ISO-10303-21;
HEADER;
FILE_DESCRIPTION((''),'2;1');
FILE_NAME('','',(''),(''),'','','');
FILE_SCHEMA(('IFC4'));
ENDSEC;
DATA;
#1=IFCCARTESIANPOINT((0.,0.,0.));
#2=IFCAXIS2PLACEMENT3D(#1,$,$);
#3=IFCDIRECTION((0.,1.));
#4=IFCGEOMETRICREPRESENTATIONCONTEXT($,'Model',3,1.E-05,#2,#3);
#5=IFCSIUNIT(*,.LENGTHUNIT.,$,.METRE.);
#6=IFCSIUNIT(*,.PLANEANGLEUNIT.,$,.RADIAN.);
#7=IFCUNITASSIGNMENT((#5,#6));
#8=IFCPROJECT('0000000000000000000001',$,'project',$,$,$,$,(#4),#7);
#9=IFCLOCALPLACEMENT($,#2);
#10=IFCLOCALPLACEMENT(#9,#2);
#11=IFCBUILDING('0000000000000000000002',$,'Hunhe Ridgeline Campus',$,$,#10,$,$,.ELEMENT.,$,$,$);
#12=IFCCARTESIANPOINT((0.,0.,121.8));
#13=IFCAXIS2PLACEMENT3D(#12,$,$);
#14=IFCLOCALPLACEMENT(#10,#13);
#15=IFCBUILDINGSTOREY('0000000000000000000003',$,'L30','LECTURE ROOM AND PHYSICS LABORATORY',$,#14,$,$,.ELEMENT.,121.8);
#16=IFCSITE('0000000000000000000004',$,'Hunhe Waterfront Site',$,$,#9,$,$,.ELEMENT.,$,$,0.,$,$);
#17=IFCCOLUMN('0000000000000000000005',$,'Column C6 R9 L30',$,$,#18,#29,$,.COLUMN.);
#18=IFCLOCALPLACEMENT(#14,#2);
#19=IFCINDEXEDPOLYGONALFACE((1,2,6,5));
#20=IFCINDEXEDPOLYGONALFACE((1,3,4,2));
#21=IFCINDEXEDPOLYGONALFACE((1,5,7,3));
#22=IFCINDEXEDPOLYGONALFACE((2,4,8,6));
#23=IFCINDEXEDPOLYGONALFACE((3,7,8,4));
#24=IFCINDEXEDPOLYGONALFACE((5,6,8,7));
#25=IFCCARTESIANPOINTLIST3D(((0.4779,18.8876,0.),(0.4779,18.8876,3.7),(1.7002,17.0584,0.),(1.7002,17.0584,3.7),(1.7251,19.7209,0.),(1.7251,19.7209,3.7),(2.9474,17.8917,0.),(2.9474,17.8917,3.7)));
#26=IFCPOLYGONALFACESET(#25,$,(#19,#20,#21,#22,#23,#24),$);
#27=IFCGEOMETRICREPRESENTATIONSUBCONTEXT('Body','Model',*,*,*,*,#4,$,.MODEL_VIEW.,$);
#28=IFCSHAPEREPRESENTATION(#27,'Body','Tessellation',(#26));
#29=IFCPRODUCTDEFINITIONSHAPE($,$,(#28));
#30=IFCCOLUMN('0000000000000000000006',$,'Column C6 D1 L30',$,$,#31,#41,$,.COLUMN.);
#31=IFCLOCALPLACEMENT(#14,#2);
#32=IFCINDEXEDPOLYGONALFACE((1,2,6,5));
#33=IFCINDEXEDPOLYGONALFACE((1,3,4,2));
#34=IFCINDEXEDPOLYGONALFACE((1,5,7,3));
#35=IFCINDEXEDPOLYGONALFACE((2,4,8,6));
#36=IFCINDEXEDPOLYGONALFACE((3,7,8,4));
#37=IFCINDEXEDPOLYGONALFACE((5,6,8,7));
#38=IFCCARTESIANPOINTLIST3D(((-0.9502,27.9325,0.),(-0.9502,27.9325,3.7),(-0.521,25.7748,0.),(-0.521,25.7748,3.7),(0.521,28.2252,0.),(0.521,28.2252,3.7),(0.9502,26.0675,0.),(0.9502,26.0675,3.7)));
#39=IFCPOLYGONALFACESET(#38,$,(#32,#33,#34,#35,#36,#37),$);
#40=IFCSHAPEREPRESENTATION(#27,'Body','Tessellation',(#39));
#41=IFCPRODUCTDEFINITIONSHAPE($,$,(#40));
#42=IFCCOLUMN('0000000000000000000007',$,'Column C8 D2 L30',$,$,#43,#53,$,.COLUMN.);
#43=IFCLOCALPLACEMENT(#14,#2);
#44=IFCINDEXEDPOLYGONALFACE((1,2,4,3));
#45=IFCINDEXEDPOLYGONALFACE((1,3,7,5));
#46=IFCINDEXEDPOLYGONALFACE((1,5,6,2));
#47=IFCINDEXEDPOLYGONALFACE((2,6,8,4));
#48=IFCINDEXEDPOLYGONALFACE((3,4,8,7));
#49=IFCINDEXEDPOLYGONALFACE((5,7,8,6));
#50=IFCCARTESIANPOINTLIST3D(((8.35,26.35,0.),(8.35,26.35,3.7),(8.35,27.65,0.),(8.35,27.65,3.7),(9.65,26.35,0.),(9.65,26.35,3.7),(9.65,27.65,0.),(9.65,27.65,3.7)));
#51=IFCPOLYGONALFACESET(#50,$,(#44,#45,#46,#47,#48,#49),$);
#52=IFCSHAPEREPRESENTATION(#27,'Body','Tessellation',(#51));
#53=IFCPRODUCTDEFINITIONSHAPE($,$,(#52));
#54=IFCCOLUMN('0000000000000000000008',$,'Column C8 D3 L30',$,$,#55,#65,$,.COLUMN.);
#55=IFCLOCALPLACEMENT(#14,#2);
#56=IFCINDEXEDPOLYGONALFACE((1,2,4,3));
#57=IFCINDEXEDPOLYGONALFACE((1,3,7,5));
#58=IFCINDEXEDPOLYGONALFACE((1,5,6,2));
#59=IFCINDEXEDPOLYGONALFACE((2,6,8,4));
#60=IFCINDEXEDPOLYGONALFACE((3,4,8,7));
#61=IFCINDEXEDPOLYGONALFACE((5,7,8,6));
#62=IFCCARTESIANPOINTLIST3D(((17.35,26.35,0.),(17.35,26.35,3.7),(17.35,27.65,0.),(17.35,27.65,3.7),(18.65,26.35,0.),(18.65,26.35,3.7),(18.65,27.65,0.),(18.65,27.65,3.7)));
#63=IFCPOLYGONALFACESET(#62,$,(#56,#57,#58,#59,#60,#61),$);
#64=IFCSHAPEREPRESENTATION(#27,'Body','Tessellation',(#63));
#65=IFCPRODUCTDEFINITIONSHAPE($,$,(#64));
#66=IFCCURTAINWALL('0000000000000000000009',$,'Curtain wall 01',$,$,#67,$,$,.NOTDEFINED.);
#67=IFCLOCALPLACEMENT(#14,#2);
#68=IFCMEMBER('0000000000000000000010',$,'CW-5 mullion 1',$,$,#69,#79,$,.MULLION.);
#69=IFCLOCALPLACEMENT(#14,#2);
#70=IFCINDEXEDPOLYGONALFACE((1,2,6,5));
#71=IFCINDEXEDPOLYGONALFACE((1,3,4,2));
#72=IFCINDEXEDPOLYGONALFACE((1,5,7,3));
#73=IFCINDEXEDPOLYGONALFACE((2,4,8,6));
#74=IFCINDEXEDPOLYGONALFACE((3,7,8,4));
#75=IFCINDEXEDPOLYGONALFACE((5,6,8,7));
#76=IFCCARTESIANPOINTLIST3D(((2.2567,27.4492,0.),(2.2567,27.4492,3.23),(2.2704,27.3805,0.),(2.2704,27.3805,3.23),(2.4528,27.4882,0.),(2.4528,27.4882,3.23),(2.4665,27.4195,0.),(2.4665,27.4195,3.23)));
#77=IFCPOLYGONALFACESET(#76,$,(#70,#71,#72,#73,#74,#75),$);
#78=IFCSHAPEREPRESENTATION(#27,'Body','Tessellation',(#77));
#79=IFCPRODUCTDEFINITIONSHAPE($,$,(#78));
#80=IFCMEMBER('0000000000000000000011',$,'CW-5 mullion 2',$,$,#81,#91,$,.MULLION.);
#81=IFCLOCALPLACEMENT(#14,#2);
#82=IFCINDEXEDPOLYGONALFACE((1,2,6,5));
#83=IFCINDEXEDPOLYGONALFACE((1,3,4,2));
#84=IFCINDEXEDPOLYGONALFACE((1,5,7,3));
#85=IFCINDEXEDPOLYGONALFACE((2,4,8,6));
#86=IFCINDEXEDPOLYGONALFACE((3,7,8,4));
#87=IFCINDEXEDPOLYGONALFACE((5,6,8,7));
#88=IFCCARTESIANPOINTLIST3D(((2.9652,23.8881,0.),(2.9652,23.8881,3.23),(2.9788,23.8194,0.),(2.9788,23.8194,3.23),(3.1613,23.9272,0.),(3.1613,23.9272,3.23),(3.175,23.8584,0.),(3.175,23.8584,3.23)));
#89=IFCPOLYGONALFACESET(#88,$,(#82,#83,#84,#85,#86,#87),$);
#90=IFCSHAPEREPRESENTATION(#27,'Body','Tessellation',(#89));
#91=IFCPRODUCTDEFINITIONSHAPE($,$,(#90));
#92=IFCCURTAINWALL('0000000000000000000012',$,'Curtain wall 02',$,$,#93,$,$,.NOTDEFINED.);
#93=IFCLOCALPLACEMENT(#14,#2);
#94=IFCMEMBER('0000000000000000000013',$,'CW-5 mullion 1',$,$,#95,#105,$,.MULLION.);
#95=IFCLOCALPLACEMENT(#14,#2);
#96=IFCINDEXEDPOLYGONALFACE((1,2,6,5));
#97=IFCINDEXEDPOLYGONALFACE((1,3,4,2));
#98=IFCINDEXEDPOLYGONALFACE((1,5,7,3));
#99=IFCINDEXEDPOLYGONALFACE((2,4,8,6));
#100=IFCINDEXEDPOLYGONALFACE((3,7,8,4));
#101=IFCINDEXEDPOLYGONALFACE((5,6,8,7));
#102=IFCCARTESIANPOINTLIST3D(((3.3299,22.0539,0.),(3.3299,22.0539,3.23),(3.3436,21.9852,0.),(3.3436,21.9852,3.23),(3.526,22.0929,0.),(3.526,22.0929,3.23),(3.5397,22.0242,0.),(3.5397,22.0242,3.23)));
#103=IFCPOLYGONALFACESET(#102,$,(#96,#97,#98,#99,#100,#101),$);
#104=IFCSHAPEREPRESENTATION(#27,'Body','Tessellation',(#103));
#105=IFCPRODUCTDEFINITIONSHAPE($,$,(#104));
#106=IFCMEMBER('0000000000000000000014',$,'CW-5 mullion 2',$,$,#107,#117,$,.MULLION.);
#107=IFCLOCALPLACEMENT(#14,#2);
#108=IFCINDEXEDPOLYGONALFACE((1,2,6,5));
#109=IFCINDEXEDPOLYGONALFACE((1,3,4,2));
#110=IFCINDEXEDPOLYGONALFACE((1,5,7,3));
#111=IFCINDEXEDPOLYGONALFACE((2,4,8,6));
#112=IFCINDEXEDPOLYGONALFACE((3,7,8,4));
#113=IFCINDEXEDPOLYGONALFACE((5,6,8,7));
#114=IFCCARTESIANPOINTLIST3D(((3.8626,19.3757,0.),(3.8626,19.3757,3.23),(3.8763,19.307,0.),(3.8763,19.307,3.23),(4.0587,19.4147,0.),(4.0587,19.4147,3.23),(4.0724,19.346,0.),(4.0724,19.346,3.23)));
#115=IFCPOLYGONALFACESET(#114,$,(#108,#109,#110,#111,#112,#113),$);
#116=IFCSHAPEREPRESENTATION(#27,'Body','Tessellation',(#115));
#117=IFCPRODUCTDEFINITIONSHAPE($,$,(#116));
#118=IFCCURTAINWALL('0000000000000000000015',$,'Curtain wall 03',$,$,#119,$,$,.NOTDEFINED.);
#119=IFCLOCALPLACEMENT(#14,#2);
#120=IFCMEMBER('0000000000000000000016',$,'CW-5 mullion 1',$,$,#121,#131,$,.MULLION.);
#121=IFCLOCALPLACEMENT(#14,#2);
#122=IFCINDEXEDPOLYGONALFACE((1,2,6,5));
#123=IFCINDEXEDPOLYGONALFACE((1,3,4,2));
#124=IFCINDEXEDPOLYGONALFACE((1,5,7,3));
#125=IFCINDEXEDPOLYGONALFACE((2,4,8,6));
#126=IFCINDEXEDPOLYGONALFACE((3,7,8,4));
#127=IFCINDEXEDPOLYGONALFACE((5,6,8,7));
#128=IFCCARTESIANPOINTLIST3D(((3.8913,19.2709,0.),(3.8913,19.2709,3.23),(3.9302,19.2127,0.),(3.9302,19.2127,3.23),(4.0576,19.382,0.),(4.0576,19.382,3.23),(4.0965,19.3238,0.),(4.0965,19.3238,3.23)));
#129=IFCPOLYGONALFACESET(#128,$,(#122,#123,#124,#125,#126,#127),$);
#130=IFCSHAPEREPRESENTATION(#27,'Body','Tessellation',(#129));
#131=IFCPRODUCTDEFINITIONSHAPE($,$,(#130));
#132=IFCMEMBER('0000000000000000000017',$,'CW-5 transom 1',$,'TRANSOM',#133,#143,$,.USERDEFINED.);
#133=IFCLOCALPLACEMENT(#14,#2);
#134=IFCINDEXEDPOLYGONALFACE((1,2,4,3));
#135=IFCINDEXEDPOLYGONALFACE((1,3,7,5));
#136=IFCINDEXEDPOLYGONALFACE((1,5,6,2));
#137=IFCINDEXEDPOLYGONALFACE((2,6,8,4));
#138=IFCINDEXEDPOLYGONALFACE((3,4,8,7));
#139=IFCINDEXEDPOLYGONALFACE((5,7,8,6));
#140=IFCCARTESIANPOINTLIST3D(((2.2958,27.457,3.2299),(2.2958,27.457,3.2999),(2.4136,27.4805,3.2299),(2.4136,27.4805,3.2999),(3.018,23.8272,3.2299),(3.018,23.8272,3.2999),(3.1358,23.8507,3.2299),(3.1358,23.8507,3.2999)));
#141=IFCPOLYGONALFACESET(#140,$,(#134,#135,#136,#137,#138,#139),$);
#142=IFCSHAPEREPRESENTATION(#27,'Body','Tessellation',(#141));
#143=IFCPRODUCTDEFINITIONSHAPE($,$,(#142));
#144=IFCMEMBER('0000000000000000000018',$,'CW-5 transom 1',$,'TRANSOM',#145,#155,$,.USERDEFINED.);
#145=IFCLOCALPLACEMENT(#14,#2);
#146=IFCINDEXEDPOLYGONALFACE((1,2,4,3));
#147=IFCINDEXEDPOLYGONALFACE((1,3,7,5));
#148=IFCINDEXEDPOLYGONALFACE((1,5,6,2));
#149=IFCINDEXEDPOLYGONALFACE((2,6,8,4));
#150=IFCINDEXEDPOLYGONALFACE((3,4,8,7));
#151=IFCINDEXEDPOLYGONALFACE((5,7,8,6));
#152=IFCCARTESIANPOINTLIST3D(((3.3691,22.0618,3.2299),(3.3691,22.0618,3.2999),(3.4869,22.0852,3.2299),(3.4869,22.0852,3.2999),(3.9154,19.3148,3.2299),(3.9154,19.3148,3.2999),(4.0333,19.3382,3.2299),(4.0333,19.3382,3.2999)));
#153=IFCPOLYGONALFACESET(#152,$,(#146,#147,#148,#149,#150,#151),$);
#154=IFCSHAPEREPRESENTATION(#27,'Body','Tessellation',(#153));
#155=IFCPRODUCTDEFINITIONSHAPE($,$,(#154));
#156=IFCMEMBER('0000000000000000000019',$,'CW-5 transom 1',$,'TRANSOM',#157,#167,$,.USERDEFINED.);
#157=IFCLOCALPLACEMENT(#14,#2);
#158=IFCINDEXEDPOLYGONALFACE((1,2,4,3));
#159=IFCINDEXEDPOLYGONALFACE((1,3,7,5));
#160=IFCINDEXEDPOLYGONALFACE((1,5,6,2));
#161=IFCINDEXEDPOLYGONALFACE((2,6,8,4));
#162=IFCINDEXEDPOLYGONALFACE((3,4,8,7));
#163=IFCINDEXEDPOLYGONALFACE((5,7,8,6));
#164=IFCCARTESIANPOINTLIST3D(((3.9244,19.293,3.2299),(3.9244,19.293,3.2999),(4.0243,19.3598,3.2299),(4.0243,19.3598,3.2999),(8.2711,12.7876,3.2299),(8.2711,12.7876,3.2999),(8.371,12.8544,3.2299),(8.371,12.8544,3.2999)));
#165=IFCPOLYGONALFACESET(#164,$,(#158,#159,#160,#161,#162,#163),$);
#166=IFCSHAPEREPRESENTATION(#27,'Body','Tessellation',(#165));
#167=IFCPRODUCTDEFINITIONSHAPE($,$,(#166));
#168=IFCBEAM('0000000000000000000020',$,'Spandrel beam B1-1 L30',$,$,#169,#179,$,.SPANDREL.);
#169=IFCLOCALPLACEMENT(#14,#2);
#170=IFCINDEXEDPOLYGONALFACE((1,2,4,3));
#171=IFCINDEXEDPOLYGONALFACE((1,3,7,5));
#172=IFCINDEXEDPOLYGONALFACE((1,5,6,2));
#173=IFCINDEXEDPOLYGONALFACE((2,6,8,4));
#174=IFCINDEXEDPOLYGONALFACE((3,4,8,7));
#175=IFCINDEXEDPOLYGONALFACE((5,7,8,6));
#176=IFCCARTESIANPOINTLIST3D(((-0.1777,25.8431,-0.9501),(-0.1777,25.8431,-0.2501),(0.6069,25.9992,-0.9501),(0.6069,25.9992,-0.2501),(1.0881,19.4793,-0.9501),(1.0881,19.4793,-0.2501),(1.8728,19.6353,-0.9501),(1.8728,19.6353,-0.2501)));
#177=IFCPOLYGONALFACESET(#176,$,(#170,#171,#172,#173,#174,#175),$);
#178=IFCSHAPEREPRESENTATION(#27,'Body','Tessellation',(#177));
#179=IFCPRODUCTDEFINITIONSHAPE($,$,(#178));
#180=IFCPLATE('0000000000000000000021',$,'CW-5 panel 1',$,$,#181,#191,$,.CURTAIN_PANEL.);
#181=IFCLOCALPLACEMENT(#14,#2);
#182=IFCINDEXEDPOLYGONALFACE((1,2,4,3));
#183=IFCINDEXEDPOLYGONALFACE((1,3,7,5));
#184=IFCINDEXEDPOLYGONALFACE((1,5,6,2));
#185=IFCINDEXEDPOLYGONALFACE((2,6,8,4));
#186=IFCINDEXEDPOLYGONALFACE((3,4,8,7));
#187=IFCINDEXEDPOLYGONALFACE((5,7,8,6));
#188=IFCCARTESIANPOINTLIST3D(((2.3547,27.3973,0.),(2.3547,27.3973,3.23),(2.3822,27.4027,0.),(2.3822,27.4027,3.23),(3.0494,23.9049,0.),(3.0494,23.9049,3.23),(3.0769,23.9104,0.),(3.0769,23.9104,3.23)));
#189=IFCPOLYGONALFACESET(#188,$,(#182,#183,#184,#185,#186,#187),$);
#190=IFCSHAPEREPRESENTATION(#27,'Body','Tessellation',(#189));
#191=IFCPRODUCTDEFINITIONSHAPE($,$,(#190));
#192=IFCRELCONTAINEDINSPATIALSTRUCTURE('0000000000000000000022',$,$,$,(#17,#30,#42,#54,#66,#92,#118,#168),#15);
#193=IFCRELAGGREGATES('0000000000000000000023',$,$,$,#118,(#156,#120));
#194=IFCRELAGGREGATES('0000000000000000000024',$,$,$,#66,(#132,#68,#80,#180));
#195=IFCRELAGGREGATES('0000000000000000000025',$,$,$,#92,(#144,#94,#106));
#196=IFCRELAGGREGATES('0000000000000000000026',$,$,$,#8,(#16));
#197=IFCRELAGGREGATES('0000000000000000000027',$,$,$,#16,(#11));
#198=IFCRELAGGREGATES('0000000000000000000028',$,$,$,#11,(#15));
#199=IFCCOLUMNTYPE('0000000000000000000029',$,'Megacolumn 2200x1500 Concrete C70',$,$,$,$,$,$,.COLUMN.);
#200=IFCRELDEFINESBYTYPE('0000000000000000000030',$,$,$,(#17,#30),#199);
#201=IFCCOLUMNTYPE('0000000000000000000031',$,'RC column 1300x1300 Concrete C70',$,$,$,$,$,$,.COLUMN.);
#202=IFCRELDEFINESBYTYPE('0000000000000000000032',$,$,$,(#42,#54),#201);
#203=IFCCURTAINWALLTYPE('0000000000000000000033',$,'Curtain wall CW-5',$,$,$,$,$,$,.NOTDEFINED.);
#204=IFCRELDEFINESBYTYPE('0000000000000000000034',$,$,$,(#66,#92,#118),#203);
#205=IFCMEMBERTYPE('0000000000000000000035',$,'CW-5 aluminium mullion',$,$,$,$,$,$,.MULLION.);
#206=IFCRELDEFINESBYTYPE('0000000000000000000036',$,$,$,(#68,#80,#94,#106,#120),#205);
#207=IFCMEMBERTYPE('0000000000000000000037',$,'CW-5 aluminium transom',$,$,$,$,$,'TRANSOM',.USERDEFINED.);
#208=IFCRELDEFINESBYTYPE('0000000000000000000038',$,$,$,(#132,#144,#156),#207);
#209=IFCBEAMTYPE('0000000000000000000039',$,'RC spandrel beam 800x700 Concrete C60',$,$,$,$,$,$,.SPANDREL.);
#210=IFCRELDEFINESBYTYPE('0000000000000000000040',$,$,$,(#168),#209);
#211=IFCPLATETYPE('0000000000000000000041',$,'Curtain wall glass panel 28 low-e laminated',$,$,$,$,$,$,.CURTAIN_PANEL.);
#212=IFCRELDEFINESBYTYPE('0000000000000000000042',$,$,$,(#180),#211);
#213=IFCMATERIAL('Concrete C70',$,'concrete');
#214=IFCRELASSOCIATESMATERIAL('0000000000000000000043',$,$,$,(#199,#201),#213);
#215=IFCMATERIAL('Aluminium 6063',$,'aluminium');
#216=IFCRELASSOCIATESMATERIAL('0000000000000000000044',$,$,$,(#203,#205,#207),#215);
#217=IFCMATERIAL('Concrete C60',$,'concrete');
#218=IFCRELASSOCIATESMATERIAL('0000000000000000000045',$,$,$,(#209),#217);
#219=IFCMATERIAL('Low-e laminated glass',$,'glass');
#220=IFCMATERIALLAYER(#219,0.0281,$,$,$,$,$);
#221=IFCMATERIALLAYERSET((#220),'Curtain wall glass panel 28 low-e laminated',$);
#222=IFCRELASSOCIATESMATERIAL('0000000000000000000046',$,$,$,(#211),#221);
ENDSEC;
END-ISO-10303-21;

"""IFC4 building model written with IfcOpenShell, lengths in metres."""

from ifc_helpers import new_model, si_unit, direction, frame, origin, origin_2d, place, context, subcontext, project, spatial, rectangle, extrude, material, layer, layer_set, material_profile, profile_set, type_object, element, aggregate, save


model = new_model("IFC4")

# Units and contexts
model_context = context("Model", 3, precision=1e-05, world=origin(), true_north=direction((0.0, 1.0)))
body_context = subcontext(model_context, "Body", "Model", "MODEL_VIEW")
ifc_project = project(units=[si_unit("LENGTHUNIT", "METRE"), si_unit("PLANEANGLEUNIT", "RADIAN")], contexts=[model_context])

# Site, building, storey
site_placement = place(None, origin())
site = spatial("IfcSite", under=ifc_project, at=site_placement, Name="Hunhe Waterfront Site", CompositionType="ELEMENT", RefElevation=0.0)
building_placement = place(site_placement, origin())
building = spatial("IfcBuilding", under=site, at=building_placement, Name="Hunhe Ridgeline Campus", CompositionType="ELEMENT")
storey_placement = place(building_placement, frame((0.0, 0.0, 121.8)))
storey = spatial("IfcBuildingStorey", under=building, at=storey_placement, Name="L30", Description="LECTURE ROOM AND PHYSICS LABORATORY", CompositionType="ELEMENT", Elevation=121.8)

# Columns
ifc_material_1 = material(Name="Concrete C70", Category="concrete")
ifc_material_profile_1 = material_profile(ifc_material_1, rectangle(XDim=2.2, YDim=1.5, at=origin_2d()))
ifc_profile_set_1 = profile_set([ifc_material_profile_1], Name="Concrete C70")
column_type_1 = type_object("IfcColumnType", Name="Megacolumn 2200x1500 Concrete C70", PredefinedType="COLUMN", material=ifc_profile_set_1)
for number, where, z_axis, x_axis, name in (
    (1, (1.7126, 18.3896, 0.0), (0.0, 0.0, 1.0), (-0.55557, 0.83147, 0.0), "Column C6 R9 L30"),
    (2, (0.0, 27.0, 0.0), (0.0, 0.0, 1.0), (-0.19509, 0.980785, 0.0), "Column C6 D1 L30"),
):
    element("IfcColumn", number, at=place(storey_placement, frame(where, z_axis=z_axis, x_axis=x_axis)), inside=storey, type_object=column_type_1, Name=name, PredefinedType="COLUMN", context=body_context, shape_type="SweptSolid", body=[
        extrude(rectangle(XDim=2.2, YDim=1.5, at=origin_2d()), origin(), (0.0, 0.0, 1.0), 3.7),
    ])
ifc_material_profile_2 = material_profile(ifc_material_1, rectangle(XDim=1.3, YDim=1.3, at=origin_2d()))
ifc_profile_set_2 = profile_set([ifc_material_profile_2], Name="Concrete C70")
column_type_2 = type_object("IfcColumnType", Name="RC column 1300x1300 Concrete C70", PredefinedType="COLUMN", material=ifc_profile_set_2)
for number, where, z_axis, x_axis, name in (
    (3, (9.0, 27.0, 0.0), (0.0, 0.0, 1.0), (1.0, 0.0, 0.0), "Column C8 D2 L30"),
    (4, (18.0, 27.0, 0.0), (0.0, 0.0, 1.0), (1.0, 0.0, 0.0), "Column C8 D3 L30"),
):
    element("IfcColumn", number, at=place(storey_placement, frame(where, z_axis=z_axis, x_axis=x_axis)), inside=storey, type_object=column_type_2, Name=name, PredefinedType="COLUMN", context=body_context, shape_type="SweptSolid", body=[
        extrude(rectangle(XDim=1.3, YDim=1.3, at=origin_2d()), origin(), (0.0, 0.0, 1.0), 3.7),
    ])

# Curtain walls, members
ifc_material_2 = material(Name="Aluminium 6063", Category="aluminium")
curtain_wall_type = type_object("IfcCurtainWallType", Name="Curtain wall CW-5", PredefinedType="NOTDEFINED", material=ifc_material_2)
curtain_wall_1_placement = place(storey_placement, origin())
curtain_wall_1 = element("IfcCurtainWall", 5, at=curtain_wall_1_placement, inside=storey, type_object=curtain_wall_type, Name="Curtain wall 01", PredefinedType="NOTDEFINED")
ifc_material_profile_3 = material_profile(ifc_material_2, rectangle(XDim=0.2, YDim=0.0701, at=origin_2d()))
ifc_profile_set_3 = profile_set([ifc_material_profile_3], Name="Aluminium 6063")
member_type_1 = type_object("IfcMemberType", Name="CW-5 aluminium mullion", PredefinedType="MULLION", material=ifc_profile_set_3)
member_1_placement = place(storey_placement, frame((2.3616, 27.4343, 0.0), z_axis=(0.0, 0.0, 1.0), x_axis=(0.980784, 0.195095, 0.0)))
member_1 = element("IfcMember", 6, at=member_1_placement, type_object=member_type_1, Name="CW-5 mullion 1", PredefinedType="MULLION", context=body_context, shape_type="SweptSolid", body=[
    extrude(rectangle(XDim=0.2, YDim=0.0701, at=origin_2d()), origin(), (0.0, 0.0, 1.0), 3.23),
])
member_2_placement = place(storey_placement, frame((3.0701, 23.8733, 0.0), z_axis=(0.0, 0.0, 1.0), x_axis=(0.980784, 0.195095, 0.0)))
member_2 = element("IfcMember", 7, at=member_2_placement, type_object=member_type_1, Name="CW-5 mullion 2", PredefinedType="MULLION", context=body_context, shape_type="SweptSolid", body=[
    extrude(rectangle(XDim=0.2, YDim=0.0701, at=origin_2d()), origin(), (0.0, 0.0, 1.0), 3.23),
])
curtain_wall_2_placement = place(storey_placement, origin())
curtain_wall_2 = element("IfcCurtainWall", 8, at=curtain_wall_2_placement, inside=storey, type_object=curtain_wall_type, Name="Curtain wall 02", PredefinedType="NOTDEFINED")
member_3_placement = place(storey_placement, frame((3.4348, 22.0391, 0.0), z_axis=(0.0, 0.0, 1.0), x_axis=(0.980784, 0.195095, 0.0)))
member_3 = element("IfcMember", 9, at=member_3_placement, type_object=member_type_1, Name="CW-5 mullion 1", PredefinedType="MULLION", context=body_context, shape_type="SweptSolid", body=[
    extrude(rectangle(XDim=0.2, YDim=0.0701, at=origin_2d()), origin(), (0.0, 0.0, 1.0), 3.23),
])
member_4_placement = place(storey_placement, frame((3.9675, 19.3608, 0.0), z_axis=(0.0, 0.0, 1.0), x_axis=(0.980784, 0.195095, 0.0)))
member_4 = element("IfcMember", 10, at=member_4_placement, type_object=member_type_1, Name="CW-5 mullion 2", PredefinedType="MULLION", context=body_context, shape_type="SweptSolid", body=[
    extrude(rectangle(XDim=0.2, YDim=0.0701, at=origin_2d()), origin(), (0.0, 0.0, 1.0), 3.23),
])

# Curtain wall, member
curtain_wall_3_placement = place(storey_placement, origin())
curtain_wall_3 = element("IfcCurtainWall", 11, at=curtain_wall_3_placement, inside=storey, type_object=curtain_wall_type, Name="Curtain wall 03", PredefinedType="NOTDEFINED")
member_5_placement = place(storey_placement, frame((3.9939, 19.2974, 0.0), z_axis=(0.0, 0.0, 1.0), x_axis=(0.83147, 0.55557, 0.0)))
member_5 = element("IfcMember", 12, at=member_5_placement, type_object=member_type_1, Name="CW-5 mullion 1", PredefinedType="MULLION", context=body_context, shape_type="SweptSolid", body=[
    extrude(rectangle(XDim=0.2, YDim=0.0701, at=origin_2d()), origin(), (0.0, 0.0, 1.0), 3.23),
])

# Members
ifc_material_profile_4 = material_profile(ifc_material_2, rectangle(XDim=0.1201, YDim=0.0701, at=origin_2d()))
ifc_profile_set_4 = profile_set([ifc_material_profile_4], Name="Aluminium 6063")
member_type_2 = type_object("IfcMemberType", Name="CW-5 aluminium transom", ElementType="TRANSOM", PredefinedType="USERDEFINED", material=ifc_profile_set_4)
member_6_placement = place(storey_placement, frame((2.3547, 27.4688, 3.2649), z_axis=(0.195127, -0.980778, 0.0), x_axis=(0.980778, 0.195127, 0.0)))
member_6 = element("IfcMember", 13, at=member_6_placement, type_object=member_type_2, Name="CW-5 transom 1", ObjectType="TRANSOM", PredefinedType="USERDEFINED", context=body_context, shape_type="SweptSolid", body=[
    extrude(rectangle(XDim=0.1201, YDim=0.0701, at=origin_2d()), origin(), (0.0, 0.0, 1.0), 3.7009),
])
member_7_placement = place(storey_placement, frame((3.428, 22.0735, 3.2649), z_axis=(0.195077, -0.980788, 0.0), x_axis=(0.980788, 0.195077, 0.0)))
member_7 = element("IfcMember", 14, at=member_7_placement, type_object=member_type_2, Name="CW-5 transom 1", ObjectType="TRANSOM", PredefinedType="USERDEFINED", context=body_context, shape_type="SweptSolid", body=[
    extrude(rectangle(XDim=0.1201, YDim=0.0701, at=origin_2d()), origin(), (0.0, 0.0, 1.0), 2.8008),
])
member_8_placement = place(storey_placement, frame((3.9744, 19.3264, 3.2649), z_axis=(0.555564, -0.831474, 0.0), x_axis=(0.831474, 0.555564, 0.0)))
member_8 = element("IfcMember", 15, at=member_8_placement, type_object=member_type_2, Name="CW-5 transom 1", ObjectType="TRANSOM", PredefinedType="USERDEFINED", context=body_context, shape_type="SweptSolid", body=[
    extrude(rectangle(XDim=0.1201, YDim=0.0701, at=origin_2d()), origin(), (0.0, 0.0, 1.0), 7.824),
])
aggregate(curtain_wall_3, [member_8, member_5])

# Beam
ifc_material_3 = material(Name="Concrete C60", Category="concrete")
ifc_material_profile_5 = material_profile(ifc_material_3, rectangle(XDim=0.8, YDim=0.7, at=origin_2d()))
ifc_profile_set_5 = profile_set([ifc_material_profile_5], Name="Concrete C60")
beam_type = type_object("IfcBeamType", Name="RC spandrel beam 800x700 Concrete C60", PredefinedType="SPANDREL", material=ifc_profile_set_5)
beam_placement = place(storey_placement, frame((0.2146, 25.9211, -0.6001), z_axis=(0.195096, -0.980784, 0.0), x_axis=(0.980784, 0.195096, 0.0)))
element("IfcBeam", 16, at=beam_placement, inside=storey, type_object=beam_type, Name="Spandrel beam B1-1 L30", PredefinedType="SPANDREL", context=body_context, shape_type="SweptSolid", body=[
    extrude(rectangle(XDim=0.8, YDim=0.7, at=origin_2d()), origin(), (0.0, 0.0, 1.0), 6.4885),
])

# Plate
ifc_material_4 = material(Name="Low-e laminated glass", Category="glass")
ifc_layer_1 = layer(ifc_material_4, 0.0281)
ifc_layer_set_1 = layer_set([ifc_layer_1], Name="Curtain wall glass panel 28 low-e laminated")
plate_type = type_object("IfcPlateType", Name="Curtain wall glass panel 28 low-e laminated", PredefinedType="CURTAIN_PANEL", material=ifc_layer_set_1)
plate_1_placement = place(storey_placement, frame((2.7158, 25.6538, 0.0), z_axis=(0.0, 0.0, 1.0), x_axis=(0.195095, -0.980784, 0.0)))
plate_1 = element("IfcPlate", 17, at=plate_1_placement, type_object=plate_type, Name="CW-5 panel 1", PredefinedType="CURTAIN_PANEL", context=body_context, shape_type="SweptSolid", body=[
    extrude(rectangle(XDim=3.5608, YDim=0.0281, at=origin_2d()), origin(), (0.0, 0.0, 1.0), 3.23),
])
aggregate(curtain_wall_1, [member_6, member_1, member_2, plate_1])
aggregate(curtain_wall_2, [member_7, member_3, member_4])

save(model, "model.ifc")
